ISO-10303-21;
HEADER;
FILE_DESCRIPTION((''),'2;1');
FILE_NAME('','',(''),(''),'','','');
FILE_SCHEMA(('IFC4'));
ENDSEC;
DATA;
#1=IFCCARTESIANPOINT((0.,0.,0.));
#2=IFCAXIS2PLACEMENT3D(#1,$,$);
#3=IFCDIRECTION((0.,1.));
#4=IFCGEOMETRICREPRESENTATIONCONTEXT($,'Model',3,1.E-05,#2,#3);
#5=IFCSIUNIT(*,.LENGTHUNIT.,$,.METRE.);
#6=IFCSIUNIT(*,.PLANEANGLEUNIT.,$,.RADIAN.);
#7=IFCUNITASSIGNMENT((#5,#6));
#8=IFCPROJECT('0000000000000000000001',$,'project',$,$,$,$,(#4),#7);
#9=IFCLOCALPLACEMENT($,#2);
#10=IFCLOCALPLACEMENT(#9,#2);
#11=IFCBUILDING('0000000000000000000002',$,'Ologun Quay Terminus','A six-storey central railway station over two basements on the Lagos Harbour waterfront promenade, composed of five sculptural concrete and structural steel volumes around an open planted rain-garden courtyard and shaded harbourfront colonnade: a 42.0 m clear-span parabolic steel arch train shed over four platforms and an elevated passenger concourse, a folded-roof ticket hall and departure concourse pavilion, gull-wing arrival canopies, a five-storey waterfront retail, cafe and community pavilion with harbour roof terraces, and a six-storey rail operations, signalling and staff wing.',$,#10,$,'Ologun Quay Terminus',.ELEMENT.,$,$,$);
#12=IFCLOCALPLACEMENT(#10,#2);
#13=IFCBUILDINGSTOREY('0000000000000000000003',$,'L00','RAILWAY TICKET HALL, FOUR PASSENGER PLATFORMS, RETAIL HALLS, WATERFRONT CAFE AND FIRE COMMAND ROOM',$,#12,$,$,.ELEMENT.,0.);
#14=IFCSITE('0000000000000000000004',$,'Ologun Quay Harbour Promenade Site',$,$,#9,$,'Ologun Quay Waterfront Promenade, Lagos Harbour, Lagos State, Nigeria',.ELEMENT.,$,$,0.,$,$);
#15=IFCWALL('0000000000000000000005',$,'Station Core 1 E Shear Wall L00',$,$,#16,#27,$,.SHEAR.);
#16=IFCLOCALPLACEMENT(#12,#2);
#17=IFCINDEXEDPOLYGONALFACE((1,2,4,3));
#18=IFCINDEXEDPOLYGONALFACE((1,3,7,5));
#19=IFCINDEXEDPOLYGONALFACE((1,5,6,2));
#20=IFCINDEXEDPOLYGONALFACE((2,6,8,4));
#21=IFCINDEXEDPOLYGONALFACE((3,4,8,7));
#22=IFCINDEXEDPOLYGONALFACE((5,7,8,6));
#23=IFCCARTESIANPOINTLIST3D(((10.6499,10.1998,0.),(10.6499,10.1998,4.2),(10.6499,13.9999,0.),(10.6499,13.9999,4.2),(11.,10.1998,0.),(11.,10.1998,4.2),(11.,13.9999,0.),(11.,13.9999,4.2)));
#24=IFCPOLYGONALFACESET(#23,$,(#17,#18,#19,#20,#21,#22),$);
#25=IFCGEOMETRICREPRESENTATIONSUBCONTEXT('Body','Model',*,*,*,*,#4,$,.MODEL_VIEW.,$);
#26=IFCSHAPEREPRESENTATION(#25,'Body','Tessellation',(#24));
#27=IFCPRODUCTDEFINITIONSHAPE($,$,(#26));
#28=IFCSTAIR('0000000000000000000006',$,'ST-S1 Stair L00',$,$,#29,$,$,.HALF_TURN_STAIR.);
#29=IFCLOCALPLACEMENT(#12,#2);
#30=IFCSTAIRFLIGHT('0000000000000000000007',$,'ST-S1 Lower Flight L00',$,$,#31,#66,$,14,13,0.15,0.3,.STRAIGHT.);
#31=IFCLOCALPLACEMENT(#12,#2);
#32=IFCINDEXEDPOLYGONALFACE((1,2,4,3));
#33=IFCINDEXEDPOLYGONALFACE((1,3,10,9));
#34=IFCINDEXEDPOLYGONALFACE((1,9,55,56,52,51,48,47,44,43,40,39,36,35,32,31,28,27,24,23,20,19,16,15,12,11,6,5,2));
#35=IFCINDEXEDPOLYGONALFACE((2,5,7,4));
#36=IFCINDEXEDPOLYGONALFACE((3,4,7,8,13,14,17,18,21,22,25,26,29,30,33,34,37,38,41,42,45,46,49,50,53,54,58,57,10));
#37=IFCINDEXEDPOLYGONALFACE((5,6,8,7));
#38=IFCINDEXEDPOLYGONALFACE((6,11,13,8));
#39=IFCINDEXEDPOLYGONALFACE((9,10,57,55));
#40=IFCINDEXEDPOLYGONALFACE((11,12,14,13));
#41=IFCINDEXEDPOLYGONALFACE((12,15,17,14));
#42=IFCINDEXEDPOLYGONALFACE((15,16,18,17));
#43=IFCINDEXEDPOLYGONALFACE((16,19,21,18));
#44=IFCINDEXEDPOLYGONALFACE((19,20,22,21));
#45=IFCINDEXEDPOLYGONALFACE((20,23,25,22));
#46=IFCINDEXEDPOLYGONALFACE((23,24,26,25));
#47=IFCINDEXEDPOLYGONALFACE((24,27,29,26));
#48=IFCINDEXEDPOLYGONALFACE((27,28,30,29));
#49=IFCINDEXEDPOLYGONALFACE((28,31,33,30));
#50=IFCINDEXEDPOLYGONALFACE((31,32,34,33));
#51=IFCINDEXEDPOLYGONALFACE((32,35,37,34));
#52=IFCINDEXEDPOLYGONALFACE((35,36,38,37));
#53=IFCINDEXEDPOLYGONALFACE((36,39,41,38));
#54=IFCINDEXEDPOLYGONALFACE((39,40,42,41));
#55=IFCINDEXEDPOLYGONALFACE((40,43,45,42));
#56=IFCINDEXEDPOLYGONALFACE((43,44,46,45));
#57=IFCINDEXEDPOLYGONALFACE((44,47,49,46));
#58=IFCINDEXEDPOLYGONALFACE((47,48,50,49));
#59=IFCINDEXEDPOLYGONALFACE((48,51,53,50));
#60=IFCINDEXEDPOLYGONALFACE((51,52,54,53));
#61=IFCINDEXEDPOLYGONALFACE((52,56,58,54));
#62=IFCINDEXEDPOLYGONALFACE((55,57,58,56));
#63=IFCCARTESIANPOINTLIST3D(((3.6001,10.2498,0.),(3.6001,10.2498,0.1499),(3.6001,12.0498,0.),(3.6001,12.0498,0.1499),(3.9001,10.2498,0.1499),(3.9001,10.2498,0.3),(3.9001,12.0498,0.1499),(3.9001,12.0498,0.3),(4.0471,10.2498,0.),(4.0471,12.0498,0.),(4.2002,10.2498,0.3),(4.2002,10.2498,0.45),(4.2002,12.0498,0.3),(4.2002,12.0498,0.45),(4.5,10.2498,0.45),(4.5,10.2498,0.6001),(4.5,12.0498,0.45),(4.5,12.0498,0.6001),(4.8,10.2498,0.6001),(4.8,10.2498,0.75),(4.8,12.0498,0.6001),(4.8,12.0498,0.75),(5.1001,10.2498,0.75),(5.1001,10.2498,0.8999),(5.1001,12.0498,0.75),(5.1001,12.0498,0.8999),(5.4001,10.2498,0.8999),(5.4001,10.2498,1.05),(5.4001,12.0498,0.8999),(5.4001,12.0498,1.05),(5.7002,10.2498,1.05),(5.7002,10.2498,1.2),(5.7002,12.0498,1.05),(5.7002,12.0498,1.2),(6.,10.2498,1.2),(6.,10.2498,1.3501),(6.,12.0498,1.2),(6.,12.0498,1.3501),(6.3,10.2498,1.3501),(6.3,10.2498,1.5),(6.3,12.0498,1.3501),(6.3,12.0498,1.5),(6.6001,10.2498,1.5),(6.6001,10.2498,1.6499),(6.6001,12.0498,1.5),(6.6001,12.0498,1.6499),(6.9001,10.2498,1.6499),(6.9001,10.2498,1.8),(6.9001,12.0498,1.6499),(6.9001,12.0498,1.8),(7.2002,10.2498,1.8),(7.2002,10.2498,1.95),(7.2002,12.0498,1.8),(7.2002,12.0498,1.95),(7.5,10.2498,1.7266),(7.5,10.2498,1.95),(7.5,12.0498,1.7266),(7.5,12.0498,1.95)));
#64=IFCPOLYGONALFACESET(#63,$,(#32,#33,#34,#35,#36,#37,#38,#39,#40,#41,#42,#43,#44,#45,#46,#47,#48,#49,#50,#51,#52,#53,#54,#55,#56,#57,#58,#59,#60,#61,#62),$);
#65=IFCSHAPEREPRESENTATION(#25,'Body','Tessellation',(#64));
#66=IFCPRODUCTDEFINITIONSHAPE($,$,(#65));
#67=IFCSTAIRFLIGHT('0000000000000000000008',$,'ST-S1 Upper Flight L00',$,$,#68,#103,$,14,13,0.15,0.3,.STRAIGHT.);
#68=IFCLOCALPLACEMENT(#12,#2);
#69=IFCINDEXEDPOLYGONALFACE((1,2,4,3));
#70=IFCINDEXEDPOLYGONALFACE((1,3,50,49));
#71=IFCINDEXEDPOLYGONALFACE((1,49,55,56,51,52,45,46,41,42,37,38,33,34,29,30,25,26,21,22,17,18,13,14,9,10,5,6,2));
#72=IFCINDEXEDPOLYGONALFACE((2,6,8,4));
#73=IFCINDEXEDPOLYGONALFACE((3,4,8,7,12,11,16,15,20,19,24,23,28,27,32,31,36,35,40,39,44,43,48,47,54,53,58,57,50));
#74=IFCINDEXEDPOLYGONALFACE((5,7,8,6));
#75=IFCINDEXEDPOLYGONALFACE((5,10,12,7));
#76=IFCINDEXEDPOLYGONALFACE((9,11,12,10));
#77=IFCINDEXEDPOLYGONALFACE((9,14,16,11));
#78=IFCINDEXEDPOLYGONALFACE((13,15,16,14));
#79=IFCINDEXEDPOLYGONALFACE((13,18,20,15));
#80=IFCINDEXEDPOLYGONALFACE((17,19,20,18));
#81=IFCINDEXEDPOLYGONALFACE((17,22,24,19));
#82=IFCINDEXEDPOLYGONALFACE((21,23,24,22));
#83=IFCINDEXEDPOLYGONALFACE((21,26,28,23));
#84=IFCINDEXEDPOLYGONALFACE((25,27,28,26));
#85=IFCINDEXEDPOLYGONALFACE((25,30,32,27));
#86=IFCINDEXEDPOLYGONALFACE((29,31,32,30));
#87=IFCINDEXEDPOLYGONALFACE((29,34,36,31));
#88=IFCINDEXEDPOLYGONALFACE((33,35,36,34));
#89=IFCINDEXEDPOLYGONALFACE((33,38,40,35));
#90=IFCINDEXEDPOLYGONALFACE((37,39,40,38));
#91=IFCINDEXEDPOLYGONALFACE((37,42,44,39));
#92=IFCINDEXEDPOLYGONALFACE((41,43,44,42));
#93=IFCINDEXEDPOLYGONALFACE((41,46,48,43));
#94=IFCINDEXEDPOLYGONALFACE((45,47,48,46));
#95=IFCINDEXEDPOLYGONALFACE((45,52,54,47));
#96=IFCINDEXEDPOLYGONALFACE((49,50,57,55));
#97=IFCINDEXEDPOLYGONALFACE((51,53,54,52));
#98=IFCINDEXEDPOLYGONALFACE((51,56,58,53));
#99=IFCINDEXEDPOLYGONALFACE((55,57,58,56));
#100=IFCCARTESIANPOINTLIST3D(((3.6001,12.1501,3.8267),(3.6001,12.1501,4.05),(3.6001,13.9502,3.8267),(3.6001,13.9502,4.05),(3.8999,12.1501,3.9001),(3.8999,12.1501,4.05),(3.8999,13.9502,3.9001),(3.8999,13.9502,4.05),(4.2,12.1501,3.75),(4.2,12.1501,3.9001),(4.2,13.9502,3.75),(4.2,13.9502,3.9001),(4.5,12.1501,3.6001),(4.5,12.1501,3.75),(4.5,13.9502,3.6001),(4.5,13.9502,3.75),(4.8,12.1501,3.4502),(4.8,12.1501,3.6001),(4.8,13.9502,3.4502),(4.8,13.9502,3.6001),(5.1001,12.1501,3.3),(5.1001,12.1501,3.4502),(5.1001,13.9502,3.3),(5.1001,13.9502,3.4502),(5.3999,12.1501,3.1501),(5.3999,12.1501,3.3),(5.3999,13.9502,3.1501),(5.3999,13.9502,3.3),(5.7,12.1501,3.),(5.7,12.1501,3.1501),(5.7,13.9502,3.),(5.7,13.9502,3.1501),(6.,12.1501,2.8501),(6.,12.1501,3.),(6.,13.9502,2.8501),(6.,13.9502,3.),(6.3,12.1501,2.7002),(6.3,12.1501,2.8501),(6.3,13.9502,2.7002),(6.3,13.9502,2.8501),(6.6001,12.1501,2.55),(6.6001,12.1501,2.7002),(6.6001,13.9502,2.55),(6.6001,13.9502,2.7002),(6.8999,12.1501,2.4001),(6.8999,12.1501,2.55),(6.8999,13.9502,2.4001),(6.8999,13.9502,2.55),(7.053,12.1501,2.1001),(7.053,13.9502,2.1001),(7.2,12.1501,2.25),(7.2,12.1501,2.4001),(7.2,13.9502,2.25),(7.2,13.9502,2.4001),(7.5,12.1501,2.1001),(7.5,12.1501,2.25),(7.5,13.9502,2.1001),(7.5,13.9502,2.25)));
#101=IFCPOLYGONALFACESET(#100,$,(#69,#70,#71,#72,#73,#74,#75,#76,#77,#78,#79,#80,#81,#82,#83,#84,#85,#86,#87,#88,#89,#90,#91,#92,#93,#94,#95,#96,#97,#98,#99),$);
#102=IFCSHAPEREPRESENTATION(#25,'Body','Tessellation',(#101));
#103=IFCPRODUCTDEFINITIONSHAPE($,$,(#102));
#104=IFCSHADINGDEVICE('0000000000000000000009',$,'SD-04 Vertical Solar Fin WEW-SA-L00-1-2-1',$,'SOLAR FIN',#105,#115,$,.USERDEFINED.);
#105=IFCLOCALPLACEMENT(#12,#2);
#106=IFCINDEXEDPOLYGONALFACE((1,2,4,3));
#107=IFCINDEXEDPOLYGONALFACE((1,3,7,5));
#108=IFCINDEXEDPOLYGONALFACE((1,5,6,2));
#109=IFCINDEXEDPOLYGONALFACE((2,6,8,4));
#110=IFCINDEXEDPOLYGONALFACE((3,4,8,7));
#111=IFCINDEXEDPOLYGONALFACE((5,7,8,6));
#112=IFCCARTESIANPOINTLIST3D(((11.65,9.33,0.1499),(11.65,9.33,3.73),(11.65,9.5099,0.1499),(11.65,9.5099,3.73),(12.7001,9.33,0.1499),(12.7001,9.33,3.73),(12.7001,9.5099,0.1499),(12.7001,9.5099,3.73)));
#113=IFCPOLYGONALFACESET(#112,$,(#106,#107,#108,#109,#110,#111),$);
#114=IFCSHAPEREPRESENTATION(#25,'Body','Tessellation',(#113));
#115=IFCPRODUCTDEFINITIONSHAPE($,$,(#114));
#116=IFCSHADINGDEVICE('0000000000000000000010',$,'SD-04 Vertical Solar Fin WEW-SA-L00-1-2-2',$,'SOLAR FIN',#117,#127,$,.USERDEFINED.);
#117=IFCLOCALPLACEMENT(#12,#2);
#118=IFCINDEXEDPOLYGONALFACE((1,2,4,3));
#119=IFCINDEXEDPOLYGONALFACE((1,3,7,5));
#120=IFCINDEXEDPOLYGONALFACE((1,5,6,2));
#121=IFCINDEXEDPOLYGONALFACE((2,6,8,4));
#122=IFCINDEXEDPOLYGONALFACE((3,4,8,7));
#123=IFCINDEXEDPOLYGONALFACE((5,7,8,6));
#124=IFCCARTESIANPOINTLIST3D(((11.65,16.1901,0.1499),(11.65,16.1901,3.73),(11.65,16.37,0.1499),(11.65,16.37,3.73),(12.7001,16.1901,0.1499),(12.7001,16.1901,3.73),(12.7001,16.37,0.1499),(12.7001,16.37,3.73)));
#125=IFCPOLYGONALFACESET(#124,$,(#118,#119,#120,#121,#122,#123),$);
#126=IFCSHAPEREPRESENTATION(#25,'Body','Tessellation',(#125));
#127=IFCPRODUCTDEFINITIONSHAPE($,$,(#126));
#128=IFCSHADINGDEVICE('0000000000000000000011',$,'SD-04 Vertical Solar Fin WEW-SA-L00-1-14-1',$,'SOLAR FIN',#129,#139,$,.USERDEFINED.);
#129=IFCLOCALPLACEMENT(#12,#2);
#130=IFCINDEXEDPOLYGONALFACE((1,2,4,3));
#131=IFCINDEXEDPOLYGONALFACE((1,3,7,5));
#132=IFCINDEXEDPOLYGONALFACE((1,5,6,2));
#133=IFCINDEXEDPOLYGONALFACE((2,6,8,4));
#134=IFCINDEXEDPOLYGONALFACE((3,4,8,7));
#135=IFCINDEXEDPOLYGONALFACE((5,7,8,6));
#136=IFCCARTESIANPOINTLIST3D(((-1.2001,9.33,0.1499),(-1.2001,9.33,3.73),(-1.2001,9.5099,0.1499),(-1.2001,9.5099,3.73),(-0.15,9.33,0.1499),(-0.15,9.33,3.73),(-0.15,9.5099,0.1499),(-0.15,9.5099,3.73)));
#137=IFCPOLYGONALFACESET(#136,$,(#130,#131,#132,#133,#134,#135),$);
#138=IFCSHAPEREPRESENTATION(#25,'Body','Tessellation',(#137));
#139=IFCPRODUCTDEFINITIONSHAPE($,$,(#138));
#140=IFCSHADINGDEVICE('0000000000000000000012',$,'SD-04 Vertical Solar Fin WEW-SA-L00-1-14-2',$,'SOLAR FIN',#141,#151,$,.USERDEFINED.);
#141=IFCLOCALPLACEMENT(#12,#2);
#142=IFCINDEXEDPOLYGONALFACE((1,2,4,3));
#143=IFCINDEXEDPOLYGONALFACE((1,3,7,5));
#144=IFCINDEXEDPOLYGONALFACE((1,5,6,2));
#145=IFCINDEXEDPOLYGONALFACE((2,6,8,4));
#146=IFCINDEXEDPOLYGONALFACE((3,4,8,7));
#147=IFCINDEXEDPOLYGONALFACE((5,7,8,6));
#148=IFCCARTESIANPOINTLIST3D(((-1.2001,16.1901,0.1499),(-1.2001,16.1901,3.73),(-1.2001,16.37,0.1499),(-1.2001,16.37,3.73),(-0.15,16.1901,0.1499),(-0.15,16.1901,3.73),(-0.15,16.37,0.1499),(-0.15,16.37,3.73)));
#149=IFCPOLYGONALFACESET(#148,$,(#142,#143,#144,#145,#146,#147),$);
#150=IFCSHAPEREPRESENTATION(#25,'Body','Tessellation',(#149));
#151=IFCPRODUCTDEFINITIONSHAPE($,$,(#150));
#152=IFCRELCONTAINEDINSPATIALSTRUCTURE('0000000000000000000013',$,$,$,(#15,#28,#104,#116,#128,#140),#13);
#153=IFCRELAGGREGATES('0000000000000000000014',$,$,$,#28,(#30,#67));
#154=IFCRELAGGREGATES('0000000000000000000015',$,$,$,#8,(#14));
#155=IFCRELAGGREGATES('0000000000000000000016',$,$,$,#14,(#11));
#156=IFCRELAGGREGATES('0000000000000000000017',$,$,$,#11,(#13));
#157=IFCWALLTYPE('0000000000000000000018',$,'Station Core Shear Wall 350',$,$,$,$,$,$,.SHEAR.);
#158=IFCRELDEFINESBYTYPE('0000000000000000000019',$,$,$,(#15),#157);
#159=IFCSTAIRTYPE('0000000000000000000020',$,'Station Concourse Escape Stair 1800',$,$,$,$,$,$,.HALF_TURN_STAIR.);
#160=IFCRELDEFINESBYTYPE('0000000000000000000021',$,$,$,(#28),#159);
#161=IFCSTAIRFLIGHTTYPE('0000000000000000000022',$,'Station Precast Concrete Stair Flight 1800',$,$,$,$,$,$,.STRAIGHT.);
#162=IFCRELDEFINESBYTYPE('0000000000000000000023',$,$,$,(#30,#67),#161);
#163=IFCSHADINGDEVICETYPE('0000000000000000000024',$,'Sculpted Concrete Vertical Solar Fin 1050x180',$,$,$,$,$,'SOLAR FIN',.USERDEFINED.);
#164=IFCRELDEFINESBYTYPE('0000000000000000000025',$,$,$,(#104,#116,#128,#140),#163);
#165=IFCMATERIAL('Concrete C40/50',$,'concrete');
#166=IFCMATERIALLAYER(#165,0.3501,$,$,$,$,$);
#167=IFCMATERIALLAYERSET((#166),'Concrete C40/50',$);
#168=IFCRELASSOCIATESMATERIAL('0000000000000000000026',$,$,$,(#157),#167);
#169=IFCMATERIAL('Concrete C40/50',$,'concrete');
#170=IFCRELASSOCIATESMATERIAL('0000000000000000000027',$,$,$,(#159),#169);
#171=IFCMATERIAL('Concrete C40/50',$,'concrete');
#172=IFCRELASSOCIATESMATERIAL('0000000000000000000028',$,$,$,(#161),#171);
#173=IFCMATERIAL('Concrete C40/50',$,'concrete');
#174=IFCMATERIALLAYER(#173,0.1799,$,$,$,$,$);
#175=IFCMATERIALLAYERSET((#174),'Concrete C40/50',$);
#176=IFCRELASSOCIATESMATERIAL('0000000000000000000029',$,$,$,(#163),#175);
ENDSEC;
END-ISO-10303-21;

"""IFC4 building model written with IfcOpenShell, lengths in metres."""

from ifc_helpers import new_model, si_unit, direction, frame, frame_2d, origin, origin_2d, place, context, subcontext, project, spatial, polyline, rectangle, outline, extrude, material, layer, layer_set, type_object, element, aggregate, save


model = new_model("IFC4")

# Units and contexts
model_context = context("Model", 3, precision=1e-05, world=origin(), true_north=direction((0.0, 1.0)))
body_context = subcontext(model_context, "Body", "Model", "MODEL_VIEW")
ifc_project = project(units=[si_unit("LENGTHUNIT", "METRE"), si_unit("PLANEANGLEUNIT", "RADIAN")], contexts=[model_context])

# Site, building, storey
site_placement = place(None, origin())
site = spatial("IfcSite", under=ifc_project, at=site_placement, Name="Ologun Quay Harbour Promenade Site", LongName="Ologun Quay Waterfront Promenade, Lagos Harbour, Lagos State, Nigeria", CompositionType="ELEMENT", RefElevation=0.0)
building_placement = place(site_placement, origin())
building = spatial("IfcBuilding", under=site, at=building_placement, Name="Ologun Quay Terminus", Description="A six-storey central railway station over two basements on the Lagos Harbour waterfront promenade, composed of five sculptural concrete and structural steel volumes around an open planted rain-garden courtyard and shaded harbourfront colonnade: a 42.0 m clear-span parabolic steel arch train shed over four platforms and an elevated passenger concourse, a folded-roof ticket hall and departure concourse pavilion, gull-wing arrival canopies, a five-storey waterfront retail, cafe and community pavilion with harbour roof terraces, and a six-storey rail operations, signalling and staff wing.", LongName="Ologun Quay Terminus", CompositionType="ELEMENT")
storey_placement = place(building_placement, origin())
storey = spatial("IfcBuildingStorey", under=building, at=storey_placement, Name="L00", Description="RAILWAY TICKET HALL, FOUR PASSENGER PLATFORMS, RETAIL HALLS, WATERFRONT CAFE AND FIRE COMMAND ROOM", CompositionType="ELEMENT", Elevation=0.0)

# Shared definitions
ifc_material_1 = material(Name="Concrete C40/50", Category="concrete")
ifc_layer_1 = layer(ifc_material_1, 0.3501)
ifc_layer_set_1 = layer_set([ifc_layer_1], Name="Concrete C40/50")
wall_type_1 = type_object("IfcWallType", Name="Station Core Shear Wall 350", PredefinedType="SHEAR", material=ifc_layer_set_1)

# Wall
wall_1_placement = place(storey_placement, frame((10.825, 10.2, 0.0), z_axis=(0.0, 0.0, 1.0), x_axis=(0.0, 1.0, 0.0)))
element("IfcWall", 1, at=wall_1_placement, inside=storey, type_object=wall_type_1, Name="Station Core 1 E Shear Wall L00", PredefinedType="SHEAR", context=body_context, shape_type="SweptSolid", body=[
    extrude(rectangle(XDim=3.8, YDim=0.3501, at=frame_2d((1.8999, 0.0))), origin(), (0.0, 0.0, 1.0), 4.2),
])

# Stair, stair flights
ifc_material_2 = material(Name="Concrete C40/50", Category="concrete")
stair_type = type_object("IfcStairType", Name="Station Concourse Escape Stair 1800", PredefinedType="HALF_TURN_STAIR", material=ifc_material_2)
stair_placement = place(storey_placement, origin())
stair = element("IfcStair", 2, at=stair_placement, inside=storey, type_object=stair_type, Name="ST-S1 Stair L00", PredefinedType="HALF_TURN_STAIR")
ifc_material_3 = material(Name="Concrete C40/50", Category="concrete")
stair_flight_type = type_object("IfcStairFlightType", Name="Station Precast Concrete Stair Flight 1800", PredefinedType="STRAIGHT", material=ifc_material_3)
stair_flight_1_placement = place(storey_placement, frame((3.6001, 11.1499, 0.0), z_axis=(0.0, 0.0, 1.0), x_axis=(1.0, 0.0, 0.0)))
stair_flight_1 = element("IfcStairFlight", 3, at=stair_flight_1_placement, type_object=stair_flight_type, Name="ST-S1 Lower Flight L00", NumberOfRisers=14, NumberOfTreads=13, PredefinedType="STRAIGHT", RiserHeight=0.15, TreadLength=0.3, context=body_context, shape_type="SweptSolid", body=[
    extrude(outline(polyline([(0.0, 0.0), (0.0, 0.1499), (0.3, 0.1499), (0.3, 0.3), (0.6001, 0.3), (0.6001, 0.45), (0.8999, 0.45), (0.8999, 0.6001), (1.2, 0.6001), (1.2, 0.75), (1.5, 0.75), (1.5, 0.8999), (1.8, 0.8999), (1.8, 1.05), (2.1001, 1.05), (2.1001, 1.2), (2.3999, 1.2), (2.3999, 1.3501), (2.7, 1.3501), (2.7, 1.5), (3.0, 1.5), (3.0, 1.6499), (3.3, 1.6499), (3.3, 1.8), (3.6001, 1.8), (3.6001, 1.95), (3.8999, 1.95), (3.8999, 2.1001), (3.8999, 1.7266), (0.447, 0.0), (0.0, 0.0)])), frame((0.0, 0.8999, 0.0), z_axis=(0.0, -1.0, 0.0), x_axis=(1.0, 0.0, 0.0)), (0.0, 0.0, 1.0), 1.8),
])
stair_flight_2_placement = place(storey_placement, frame((7.5, 13.05, 2.1001), z_axis=(0.0, 0.0, 1.0), x_axis=(-1.0, 0.0, 0.0)))
stair_flight_2 = element("IfcStairFlight", 4, at=stair_flight_2_placement, type_object=stair_flight_type, Name="ST-S1 Upper Flight L00", NumberOfRisers=14, NumberOfTreads=13, PredefinedType="STRAIGHT", RiserHeight=0.15, TreadLength=0.3, context=body_context, shape_type="SweptSolid", body=[
    extrude(outline(polyline([(0.0, 0.0), (0.0, 0.1499), (0.3, 0.1499), (0.3, 0.3), (0.6001, 0.3), (0.6001, 0.45), (0.8999, 0.45), (0.8999, 0.6001), (1.2, 0.6001), (1.2, 0.75), (1.5, 0.75), (1.5, 0.8999), (1.8, 0.8999), (1.8, 1.05), (2.1001, 1.05), (2.1001, 1.2), (2.3999, 1.2), (2.3999, 1.3501), (2.7, 1.3501), (2.7, 1.5), (3.0, 1.5), (3.0, 1.6499), (3.3, 1.6499), (3.3, 1.8), (3.6001, 1.8), (3.6001, 1.95), (3.8999, 1.95), (3.8999, 2.1001), (3.8999, 1.7266), (0.447, 0.0), (0.0, 0.0)])), frame((0.0, 0.8999, 0.0), z_axis=(0.0, -1.0, 0.0), x_axis=(1.0, 0.0, 0.0)), (0.0, 0.0, 1.0), 1.8),
])
aggregate(stair, [stair_flight_1, stair_flight_2])

# Shading devices
ifc_material_4 = material(Name="Concrete C40/50", Category="concrete")
ifc_layer_2 = layer(ifc_material_4, 0.1799)
ifc_layer_set_2 = layer_set([ifc_layer_2], Name="Concrete C40/50")
shading_device_type = type_object("IfcShadingDeviceType", Name="Sculpted Concrete Vertical Solar Fin 1050x180", ElementType="SOLAR FIN", PredefinedType="USERDEFINED", material=ifc_layer_set_2)
for number, where, z_axis, x_axis, name in (
    (5, (12.175, 9.4199, 0.1499), (0.0, 0.0, 1.0), (1.0, 0.0, 0.0), "SD-04 Vertical Solar Fin WEW-SA-L00-1-2-1"),
    (6, (12.175, 16.28, 0.1499), (0.0, 0.0, 1.0), (1.0, 0.0, 0.0), "SD-04 Vertical Solar Fin WEW-SA-L00-1-2-2"),
    (7, (-0.675, 9.4199, 0.1499), (0.0, 0.0, 1.0), (1.0, 0.0, 0.0), "SD-04 Vertical Solar Fin WEW-SA-L00-1-14-1"),
    (8, (-0.675, 16.28, 0.1499), (0.0, 0.0, 1.0), (1.0, 0.0, 0.0), "SD-04 Vertical Solar Fin WEW-SA-L00-1-14-2"),
):
    element("IfcShadingDevice", number, at=place(storey_placement, frame(where, z_axis=z_axis, x_axis=x_axis)), inside=storey, type_object=shading_device_type, Name=name, ObjectType="SOLAR FIN", PredefinedType="USERDEFINED", context=body_context, shape_type="SweptSolid", body=[
        extrude(rectangle(XDim=1.05, YDim=0.1799, at=origin_2d()), origin(), (0.0, 0.0, 1.0), 3.5801),
    ])

save(model, "model.ifc")
